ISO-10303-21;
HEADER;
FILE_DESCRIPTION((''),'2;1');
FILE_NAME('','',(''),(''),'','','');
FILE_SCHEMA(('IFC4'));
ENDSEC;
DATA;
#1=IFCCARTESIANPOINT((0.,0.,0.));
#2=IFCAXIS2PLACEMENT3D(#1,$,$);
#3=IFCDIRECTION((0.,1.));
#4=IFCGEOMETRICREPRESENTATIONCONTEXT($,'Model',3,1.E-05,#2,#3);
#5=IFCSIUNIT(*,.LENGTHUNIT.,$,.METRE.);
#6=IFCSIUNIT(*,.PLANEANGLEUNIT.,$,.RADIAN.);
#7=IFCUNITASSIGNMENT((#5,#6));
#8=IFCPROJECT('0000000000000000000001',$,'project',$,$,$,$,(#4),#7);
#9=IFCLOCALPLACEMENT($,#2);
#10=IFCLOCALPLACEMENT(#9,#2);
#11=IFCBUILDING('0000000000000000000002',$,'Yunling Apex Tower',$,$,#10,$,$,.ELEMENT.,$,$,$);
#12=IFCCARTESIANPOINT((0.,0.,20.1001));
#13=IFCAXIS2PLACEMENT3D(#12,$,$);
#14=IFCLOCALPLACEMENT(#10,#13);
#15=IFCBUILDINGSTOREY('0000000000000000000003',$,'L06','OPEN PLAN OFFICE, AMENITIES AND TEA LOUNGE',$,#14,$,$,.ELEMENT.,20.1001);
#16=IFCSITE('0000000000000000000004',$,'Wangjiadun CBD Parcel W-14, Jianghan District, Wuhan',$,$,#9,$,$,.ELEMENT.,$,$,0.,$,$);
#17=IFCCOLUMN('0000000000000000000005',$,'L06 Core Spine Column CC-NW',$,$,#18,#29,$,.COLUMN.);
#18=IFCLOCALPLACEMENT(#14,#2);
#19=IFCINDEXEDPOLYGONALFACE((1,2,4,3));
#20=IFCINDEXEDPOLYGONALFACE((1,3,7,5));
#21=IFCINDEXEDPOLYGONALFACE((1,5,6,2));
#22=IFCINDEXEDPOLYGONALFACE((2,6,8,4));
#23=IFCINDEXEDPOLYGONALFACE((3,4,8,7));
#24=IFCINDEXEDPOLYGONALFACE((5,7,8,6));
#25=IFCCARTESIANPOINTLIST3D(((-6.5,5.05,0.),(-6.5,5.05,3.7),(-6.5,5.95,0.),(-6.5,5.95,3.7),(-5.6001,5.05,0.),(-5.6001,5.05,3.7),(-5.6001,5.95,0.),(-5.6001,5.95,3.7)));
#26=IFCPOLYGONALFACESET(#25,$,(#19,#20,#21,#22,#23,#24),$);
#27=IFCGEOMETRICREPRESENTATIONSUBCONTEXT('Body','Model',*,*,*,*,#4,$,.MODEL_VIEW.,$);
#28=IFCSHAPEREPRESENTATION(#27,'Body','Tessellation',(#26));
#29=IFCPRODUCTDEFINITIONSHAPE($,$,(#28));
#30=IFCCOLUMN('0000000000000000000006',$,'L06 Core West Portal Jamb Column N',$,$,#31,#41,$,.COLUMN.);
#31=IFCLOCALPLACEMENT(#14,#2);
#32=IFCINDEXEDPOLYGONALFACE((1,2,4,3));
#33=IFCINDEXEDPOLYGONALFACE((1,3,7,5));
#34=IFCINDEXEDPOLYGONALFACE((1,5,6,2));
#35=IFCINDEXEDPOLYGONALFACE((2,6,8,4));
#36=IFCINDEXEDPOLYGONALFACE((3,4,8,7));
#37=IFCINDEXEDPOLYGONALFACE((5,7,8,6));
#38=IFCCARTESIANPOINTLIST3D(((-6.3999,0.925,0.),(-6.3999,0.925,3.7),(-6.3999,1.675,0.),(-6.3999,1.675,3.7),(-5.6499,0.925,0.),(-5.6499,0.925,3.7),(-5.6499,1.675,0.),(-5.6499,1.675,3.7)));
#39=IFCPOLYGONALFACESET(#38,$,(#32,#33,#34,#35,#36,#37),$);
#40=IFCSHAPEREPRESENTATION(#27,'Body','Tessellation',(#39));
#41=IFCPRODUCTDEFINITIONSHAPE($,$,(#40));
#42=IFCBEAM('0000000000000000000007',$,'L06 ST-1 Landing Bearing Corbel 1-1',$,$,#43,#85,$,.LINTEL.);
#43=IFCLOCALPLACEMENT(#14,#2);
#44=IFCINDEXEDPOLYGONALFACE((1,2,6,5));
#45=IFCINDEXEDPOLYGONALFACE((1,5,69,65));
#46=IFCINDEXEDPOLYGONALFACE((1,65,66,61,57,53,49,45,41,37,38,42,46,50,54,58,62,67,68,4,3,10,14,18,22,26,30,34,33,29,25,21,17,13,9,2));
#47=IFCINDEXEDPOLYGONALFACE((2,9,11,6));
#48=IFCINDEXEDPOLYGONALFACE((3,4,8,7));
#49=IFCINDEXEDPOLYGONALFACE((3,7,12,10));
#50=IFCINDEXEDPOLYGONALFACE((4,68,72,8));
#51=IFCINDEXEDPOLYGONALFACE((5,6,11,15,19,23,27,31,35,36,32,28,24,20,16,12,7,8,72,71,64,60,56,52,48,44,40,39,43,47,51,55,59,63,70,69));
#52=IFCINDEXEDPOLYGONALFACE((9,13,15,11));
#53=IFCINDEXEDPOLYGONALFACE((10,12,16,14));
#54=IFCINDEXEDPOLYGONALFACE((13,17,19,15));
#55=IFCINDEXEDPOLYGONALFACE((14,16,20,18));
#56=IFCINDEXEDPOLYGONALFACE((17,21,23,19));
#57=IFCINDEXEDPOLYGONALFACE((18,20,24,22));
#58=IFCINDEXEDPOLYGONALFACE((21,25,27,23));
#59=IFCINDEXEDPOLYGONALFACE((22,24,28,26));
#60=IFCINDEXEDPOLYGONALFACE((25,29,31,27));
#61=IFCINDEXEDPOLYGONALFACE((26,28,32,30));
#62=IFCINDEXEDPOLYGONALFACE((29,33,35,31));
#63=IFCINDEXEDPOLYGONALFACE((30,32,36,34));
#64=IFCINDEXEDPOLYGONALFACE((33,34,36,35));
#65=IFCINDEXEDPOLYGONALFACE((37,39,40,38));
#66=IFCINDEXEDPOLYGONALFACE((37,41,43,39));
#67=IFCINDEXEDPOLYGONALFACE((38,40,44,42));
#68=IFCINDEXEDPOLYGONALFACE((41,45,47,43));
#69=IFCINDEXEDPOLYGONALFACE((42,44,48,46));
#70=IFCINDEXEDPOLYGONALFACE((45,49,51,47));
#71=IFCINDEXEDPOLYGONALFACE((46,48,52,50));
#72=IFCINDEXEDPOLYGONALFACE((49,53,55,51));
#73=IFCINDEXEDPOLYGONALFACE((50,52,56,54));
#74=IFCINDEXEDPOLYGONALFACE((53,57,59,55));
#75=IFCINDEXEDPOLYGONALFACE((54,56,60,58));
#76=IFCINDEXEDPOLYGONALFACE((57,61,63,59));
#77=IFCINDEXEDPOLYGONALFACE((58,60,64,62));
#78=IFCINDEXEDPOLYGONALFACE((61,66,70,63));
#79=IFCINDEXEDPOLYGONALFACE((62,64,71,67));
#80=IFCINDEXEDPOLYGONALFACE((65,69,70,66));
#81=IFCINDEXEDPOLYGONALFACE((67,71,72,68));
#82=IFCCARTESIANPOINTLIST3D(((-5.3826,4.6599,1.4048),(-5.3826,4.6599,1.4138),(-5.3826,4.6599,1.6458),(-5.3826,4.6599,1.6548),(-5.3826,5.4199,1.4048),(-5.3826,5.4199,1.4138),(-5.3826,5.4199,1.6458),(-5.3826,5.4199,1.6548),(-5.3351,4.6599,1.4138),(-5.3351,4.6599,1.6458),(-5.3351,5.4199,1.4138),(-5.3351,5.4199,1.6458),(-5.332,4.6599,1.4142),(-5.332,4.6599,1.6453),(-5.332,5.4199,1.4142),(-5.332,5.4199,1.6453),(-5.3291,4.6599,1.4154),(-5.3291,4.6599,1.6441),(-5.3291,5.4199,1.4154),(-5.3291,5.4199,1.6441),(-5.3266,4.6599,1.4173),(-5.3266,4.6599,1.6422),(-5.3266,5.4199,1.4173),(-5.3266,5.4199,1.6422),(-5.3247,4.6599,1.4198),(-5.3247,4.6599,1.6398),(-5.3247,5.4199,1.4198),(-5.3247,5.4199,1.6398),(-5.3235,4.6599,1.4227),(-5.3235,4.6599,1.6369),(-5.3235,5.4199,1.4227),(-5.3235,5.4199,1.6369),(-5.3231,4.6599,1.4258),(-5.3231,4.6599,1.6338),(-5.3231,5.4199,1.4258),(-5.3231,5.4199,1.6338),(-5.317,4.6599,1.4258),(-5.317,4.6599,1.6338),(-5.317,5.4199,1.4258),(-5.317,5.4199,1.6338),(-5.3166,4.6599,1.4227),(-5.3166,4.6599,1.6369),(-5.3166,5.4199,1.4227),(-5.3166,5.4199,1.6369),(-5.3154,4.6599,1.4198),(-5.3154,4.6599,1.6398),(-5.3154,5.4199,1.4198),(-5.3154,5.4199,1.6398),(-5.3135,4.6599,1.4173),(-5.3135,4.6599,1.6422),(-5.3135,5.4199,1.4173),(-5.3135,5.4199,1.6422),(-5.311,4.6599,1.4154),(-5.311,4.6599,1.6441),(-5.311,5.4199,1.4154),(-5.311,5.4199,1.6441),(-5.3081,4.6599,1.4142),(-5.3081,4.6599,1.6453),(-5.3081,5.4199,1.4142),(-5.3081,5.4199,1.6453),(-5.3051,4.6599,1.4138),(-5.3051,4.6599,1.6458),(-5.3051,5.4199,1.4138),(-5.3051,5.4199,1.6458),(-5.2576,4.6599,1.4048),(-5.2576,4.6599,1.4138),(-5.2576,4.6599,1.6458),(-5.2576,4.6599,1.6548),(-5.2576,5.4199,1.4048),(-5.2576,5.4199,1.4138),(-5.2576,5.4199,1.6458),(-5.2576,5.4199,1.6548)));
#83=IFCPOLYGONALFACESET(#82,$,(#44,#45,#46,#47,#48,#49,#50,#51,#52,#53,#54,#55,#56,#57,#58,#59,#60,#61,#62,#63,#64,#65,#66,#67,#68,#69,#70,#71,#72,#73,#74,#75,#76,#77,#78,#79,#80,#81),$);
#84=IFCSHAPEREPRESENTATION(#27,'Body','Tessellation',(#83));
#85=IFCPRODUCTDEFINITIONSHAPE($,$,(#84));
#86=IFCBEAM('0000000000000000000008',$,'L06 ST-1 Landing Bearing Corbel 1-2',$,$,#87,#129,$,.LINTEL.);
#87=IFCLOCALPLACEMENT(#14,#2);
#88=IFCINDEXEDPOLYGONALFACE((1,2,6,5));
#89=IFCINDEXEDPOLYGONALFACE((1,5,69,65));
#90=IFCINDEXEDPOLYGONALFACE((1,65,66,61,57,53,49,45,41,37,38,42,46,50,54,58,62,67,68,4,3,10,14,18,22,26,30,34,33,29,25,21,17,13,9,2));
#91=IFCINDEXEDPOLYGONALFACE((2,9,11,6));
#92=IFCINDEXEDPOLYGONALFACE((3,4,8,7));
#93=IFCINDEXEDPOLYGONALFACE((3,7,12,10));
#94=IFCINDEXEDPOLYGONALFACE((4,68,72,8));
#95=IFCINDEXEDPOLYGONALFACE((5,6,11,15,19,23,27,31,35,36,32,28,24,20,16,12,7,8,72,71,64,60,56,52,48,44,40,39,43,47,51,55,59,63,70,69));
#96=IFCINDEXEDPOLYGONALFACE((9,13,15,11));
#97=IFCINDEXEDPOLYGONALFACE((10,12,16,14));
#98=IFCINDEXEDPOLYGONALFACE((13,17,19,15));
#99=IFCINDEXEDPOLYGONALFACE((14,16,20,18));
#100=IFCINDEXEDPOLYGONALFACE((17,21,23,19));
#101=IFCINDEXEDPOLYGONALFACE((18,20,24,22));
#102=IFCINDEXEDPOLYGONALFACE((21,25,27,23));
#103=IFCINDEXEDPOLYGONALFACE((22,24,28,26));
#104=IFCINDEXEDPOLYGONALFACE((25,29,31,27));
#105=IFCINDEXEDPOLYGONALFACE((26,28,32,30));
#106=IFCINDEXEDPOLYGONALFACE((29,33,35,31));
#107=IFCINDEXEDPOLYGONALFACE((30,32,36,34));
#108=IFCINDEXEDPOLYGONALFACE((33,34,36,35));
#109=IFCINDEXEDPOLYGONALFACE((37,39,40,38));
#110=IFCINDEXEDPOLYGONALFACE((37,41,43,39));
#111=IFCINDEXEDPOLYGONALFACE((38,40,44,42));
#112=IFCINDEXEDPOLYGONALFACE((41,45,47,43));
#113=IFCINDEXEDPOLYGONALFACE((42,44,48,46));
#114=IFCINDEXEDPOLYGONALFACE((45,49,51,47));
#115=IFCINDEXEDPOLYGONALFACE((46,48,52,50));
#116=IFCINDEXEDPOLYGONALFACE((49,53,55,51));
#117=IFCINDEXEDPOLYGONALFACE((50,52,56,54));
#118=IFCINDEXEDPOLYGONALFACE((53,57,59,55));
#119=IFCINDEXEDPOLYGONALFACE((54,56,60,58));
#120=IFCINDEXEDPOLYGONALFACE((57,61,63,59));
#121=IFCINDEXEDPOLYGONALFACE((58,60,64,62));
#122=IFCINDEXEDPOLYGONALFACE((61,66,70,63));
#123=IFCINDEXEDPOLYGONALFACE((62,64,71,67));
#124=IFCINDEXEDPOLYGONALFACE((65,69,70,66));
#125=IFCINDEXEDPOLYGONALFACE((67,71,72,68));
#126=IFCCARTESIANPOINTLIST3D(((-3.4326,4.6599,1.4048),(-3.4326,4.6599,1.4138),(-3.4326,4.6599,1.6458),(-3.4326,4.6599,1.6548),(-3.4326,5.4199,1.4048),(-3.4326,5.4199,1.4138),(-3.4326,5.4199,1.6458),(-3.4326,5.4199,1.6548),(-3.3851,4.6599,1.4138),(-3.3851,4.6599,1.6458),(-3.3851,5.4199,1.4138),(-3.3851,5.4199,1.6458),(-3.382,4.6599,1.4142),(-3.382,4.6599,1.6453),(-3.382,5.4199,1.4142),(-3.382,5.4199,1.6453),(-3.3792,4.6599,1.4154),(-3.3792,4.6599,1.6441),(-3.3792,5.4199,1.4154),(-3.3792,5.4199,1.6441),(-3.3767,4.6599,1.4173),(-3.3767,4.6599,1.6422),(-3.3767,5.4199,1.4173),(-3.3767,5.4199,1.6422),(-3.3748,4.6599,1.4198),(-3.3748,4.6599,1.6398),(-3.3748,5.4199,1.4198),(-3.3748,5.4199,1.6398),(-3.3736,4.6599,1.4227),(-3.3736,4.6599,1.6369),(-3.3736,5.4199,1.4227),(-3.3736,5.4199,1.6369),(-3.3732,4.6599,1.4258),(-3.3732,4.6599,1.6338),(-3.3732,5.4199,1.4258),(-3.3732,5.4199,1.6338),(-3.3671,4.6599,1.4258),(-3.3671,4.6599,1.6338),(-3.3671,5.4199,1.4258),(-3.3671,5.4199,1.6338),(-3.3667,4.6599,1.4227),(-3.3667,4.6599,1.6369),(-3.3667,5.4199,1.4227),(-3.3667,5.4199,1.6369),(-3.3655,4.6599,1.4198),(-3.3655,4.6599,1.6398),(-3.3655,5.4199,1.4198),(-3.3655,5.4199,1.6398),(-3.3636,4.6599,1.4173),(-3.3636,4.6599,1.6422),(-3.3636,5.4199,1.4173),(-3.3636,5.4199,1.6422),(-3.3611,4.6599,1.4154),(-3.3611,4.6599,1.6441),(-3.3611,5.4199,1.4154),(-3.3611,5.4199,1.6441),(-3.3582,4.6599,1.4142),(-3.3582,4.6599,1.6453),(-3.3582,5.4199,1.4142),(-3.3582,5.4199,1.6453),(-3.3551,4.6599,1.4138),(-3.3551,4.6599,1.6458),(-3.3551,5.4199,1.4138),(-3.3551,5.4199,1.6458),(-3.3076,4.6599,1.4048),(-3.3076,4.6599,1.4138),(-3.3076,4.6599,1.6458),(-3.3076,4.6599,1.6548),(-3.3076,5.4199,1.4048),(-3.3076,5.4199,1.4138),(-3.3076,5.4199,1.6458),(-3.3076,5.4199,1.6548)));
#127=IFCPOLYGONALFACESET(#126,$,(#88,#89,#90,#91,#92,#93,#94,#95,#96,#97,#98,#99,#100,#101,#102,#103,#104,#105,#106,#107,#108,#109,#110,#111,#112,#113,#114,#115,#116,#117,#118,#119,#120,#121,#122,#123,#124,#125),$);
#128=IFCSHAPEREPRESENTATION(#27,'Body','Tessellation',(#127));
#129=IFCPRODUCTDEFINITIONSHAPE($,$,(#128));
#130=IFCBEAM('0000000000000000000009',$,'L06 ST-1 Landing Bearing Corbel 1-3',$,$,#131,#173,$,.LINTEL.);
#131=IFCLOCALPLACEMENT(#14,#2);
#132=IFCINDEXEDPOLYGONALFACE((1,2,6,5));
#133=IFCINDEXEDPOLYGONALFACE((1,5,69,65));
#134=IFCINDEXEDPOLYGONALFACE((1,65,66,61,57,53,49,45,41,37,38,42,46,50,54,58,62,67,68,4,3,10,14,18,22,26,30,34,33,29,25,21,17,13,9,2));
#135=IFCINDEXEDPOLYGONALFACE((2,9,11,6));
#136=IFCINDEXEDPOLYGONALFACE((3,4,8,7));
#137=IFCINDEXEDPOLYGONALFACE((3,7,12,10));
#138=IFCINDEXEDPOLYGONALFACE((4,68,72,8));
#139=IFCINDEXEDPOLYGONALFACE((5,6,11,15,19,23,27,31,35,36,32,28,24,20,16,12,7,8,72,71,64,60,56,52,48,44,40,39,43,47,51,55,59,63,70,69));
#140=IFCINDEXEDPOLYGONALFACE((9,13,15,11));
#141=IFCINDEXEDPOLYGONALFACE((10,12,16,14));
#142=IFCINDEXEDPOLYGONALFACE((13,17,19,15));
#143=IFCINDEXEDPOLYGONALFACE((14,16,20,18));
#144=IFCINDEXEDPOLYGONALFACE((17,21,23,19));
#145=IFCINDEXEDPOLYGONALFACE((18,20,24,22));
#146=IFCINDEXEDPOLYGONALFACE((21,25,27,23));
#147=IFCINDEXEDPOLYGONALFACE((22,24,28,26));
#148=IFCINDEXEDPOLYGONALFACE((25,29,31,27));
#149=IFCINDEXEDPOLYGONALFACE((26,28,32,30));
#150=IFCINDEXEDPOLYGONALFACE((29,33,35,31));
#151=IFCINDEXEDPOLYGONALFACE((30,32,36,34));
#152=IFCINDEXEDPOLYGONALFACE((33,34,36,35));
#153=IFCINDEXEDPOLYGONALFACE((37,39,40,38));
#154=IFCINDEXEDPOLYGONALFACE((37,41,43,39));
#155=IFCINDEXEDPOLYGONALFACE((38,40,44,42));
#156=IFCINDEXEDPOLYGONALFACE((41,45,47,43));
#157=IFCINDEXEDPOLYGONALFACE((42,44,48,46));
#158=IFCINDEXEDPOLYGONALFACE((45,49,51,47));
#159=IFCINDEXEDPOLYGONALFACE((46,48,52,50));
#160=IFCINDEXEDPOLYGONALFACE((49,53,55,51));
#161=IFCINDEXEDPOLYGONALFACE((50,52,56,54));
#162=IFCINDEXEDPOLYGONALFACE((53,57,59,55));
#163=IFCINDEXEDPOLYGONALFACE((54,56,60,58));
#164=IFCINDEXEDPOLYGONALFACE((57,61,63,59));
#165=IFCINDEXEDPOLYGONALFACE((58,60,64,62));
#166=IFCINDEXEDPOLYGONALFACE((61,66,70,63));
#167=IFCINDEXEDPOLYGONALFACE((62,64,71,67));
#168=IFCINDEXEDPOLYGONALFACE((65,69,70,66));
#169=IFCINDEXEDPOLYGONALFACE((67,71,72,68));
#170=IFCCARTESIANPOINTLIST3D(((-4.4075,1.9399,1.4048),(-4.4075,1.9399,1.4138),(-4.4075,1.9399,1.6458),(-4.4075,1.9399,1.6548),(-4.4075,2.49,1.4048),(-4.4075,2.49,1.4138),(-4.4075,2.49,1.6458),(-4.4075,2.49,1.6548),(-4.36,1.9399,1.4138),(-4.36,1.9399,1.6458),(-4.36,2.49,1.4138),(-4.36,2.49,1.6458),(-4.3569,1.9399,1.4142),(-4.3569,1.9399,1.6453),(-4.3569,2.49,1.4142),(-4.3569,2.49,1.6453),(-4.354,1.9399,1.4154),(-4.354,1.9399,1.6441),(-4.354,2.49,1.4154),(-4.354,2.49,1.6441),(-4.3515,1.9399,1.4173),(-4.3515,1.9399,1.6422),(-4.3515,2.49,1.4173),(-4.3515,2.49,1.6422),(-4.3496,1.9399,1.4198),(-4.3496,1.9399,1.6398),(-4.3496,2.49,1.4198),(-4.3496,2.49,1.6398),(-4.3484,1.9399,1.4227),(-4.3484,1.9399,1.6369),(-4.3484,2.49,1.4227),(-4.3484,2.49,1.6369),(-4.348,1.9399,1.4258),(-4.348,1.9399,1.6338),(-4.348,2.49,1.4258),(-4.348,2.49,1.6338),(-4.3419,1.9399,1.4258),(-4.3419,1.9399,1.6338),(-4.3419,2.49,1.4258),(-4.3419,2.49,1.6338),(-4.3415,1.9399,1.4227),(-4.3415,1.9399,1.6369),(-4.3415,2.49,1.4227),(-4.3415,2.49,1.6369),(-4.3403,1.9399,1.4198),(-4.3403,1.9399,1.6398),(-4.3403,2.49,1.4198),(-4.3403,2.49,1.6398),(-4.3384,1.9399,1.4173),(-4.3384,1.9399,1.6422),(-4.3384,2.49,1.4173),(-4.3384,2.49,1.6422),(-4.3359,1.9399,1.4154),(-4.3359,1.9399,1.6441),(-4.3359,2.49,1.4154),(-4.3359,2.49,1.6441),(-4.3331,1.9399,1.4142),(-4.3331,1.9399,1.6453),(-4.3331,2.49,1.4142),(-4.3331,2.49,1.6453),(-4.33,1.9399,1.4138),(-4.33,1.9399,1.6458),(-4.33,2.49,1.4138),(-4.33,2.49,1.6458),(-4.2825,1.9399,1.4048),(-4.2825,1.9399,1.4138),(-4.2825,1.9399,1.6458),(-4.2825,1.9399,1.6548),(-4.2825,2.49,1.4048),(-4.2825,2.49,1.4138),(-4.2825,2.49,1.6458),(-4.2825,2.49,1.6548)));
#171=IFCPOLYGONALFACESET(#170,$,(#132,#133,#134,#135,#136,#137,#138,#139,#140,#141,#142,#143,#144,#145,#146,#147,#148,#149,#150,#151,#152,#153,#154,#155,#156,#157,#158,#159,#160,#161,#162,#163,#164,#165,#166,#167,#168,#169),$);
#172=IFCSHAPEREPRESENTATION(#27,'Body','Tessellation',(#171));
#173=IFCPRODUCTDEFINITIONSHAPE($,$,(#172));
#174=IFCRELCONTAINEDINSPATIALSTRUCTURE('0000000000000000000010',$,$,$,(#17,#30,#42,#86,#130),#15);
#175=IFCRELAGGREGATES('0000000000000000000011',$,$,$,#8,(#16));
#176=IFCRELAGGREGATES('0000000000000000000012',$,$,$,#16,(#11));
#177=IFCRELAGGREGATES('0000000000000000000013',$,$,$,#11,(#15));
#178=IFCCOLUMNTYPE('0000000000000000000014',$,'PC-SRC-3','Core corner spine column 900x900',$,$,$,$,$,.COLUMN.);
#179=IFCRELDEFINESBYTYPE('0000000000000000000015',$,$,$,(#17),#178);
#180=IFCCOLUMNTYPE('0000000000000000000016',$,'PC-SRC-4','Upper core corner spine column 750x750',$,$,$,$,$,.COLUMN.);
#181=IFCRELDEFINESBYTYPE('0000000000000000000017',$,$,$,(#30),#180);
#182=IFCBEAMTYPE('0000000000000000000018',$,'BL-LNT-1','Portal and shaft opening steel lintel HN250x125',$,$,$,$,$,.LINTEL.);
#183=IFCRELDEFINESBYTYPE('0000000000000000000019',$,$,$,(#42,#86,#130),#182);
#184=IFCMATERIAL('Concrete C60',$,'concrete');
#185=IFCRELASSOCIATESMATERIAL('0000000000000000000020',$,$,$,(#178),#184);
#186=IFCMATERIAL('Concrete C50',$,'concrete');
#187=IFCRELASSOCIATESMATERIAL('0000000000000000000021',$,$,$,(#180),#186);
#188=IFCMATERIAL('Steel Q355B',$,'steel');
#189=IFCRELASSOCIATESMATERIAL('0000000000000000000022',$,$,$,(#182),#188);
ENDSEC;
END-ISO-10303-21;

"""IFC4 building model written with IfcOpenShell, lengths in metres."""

from ifc_helpers import new_model, si_unit, direction, frame, origin, origin_2d, place, context, subcontext, project, spatial, rectangle, i_section, extrude, source, transform, mapped, material, material_profile, profile_set, type_object, element, save


model = new_model("IFC4")

# Units and contexts
model_context = context("Model", 3, precision=1e-05, world=origin(), true_north=direction((0.0, 1.0)))
body_context = subcontext(model_context, "Body", "Model", "MODEL_VIEW")
ifc_project = project(units=[si_unit("LENGTHUNIT", "METRE"), si_unit("PLANEANGLEUNIT", "RADIAN")], contexts=[model_context])

# Site, building, storey
site_placement = place(None, origin())
site = spatial("IfcSite", under=ifc_project, at=site_placement, Name="Wangjiadun CBD Parcel W-14, Jianghan District, Wuhan", CompositionType="ELEMENT", RefElevation=0.0)
building_placement = place(site_placement, origin())
building = spatial("IfcBuilding", under=site, at=building_placement, Name="Yunling Apex Tower", CompositionType="ELEMENT")
storey_placement = place(building_placement, frame((0.0, 0.0, 20.1001)))
storey = spatial("IfcBuildingStorey", under=building, at=storey_placement, Name="L06", Description="OPEN PLAN OFFICE, AMENITIES AND TEA LOUNGE", CompositionType="ELEMENT", Elevation=20.1001)

# Columns
ifc_material_1 = material(Name="Concrete C60", Category="concrete")
ifc_material_profile_1 = material_profile(ifc_material_1, rectangle(XDim=0.8999, YDim=0.8999, at=origin_2d()))
ifc_profile_set_1 = profile_set([ifc_material_profile_1], Name="Concrete C60")
column_type_1 = type_object("IfcColumnType", Name="PC-SRC-3", Description="Core corner spine column 900x900", PredefinedType="COLUMN", material=ifc_profile_set_1)
shared_shape_1 = source(origin(), body_context, "Body", "SweptSolid", [
    extrude(rectangle(XDim=0.8999, YDim=0.8999, at=origin_2d()), origin(), (0.0, 0.0, 1.0), 3.7),
])
column_1_placement = place(storey_placement, frame((-6.05, 5.5, 0.0), z_axis=(0.0, 0.0, 1.0), x_axis=(1.0, 0.0, 0.0)))
element("IfcColumn", 1, at=column_1_placement, inside=storey, type_object=column_type_1, Name="L06 Core Spine Column CC-NW", PredefinedType="COLUMN", context=body_context, shape_type="MappedRepresentation", body=[
    mapped(shared_shape_1, transform((0.0, 0.0, 0.0), scale=1.0)),
])
ifc_material_2 = material(Name="Concrete C50", Category="concrete")
ifc_material_profile_2 = material_profile(ifc_material_2, rectangle(XDim=0.75, YDim=0.75, at=origin_2d()))
ifc_profile_set_2 = profile_set([ifc_material_profile_2], Name="Concrete C50")
column_type_2 = type_object("IfcColumnType", Name="PC-SRC-4", Description="Upper core corner spine column 750x750", PredefinedType="COLUMN", material=ifc_profile_set_2)
shared_shape_2 = source(origin(), body_context, "Body", "SweptSolid", [
    extrude(rectangle(XDim=0.75, YDim=0.75, at=origin_2d()), origin(), (0.0, 0.0, 1.0), 3.7),
])
column_2_placement = place(storey_placement, frame((-6.0249, 1.3, 0.0), z_axis=(0.0, 0.0, 1.0), x_axis=(1.0, 0.0, 0.0)))
element("IfcColumn", 2, at=column_2_placement, inside=storey, type_object=column_type_2, Name="L06 Core West Portal Jamb Column N", PredefinedType="COLUMN", context=body_context, shape_type="MappedRepresentation", body=[
    mapped(shared_shape_2, transform((0.0, 0.0, 0.0), scale=1.0)),
])

# Beams
ifc_material_3 = material(Name="Steel Q355B", Category="steel")
ifc_material_profile_3 = material_profile(ifc_material_3, i_section(OverallWidth=0.125, OverallDepth=0.25, WebThickness=0.0061, FlangeThickness=0.009, FilletRadius=0.012, at=origin_2d()))
ifc_profile_set_3 = profile_set([ifc_material_profile_3], Name="Steel Q355B")
beam_type_1 = type_object("IfcBeamType", Name="BL-LNT-1", Description="Portal and shaft opening steel lintel HN250x125", PredefinedType="LINTEL", material=ifc_profile_set_3)
shared_shape_3 = source(origin(), body_context, "Body", "SweptSolid", [
    extrude(i_section(OverallWidth=0.125, OverallDepth=0.25, WebThickness=0.0061, FlangeThickness=0.009, FilletRadius=0.012, at=origin_2d()), origin(), (0.0, 0.0, 1.0), 0.76),
])
for number, where, z_axis, x_axis, name in (
    (3, (-5.3201, 5.4199, 1.5298), (0.0, -1.0, 0.0), (1.0, 0.0, 0.0), "L06 ST-1 Landing Bearing Corbel 1-1"),
    (4, (-3.3701, 5.4199, 1.5298), (0.0, -1.0, 0.0), (1.0, 0.0, 0.0), "L06 ST-1 Landing Bearing Corbel 1-2"),
):
    element("IfcBeam", number, at=place(storey_placement, frame(where, z_axis=z_axis, x_axis=x_axis)), inside=storey, type_object=beam_type_1, Name=name, PredefinedType="LINTEL", context=body_context, shape_type="MappedRepresentation", body=[
        mapped(shared_shape_3, transform((0.0, 0.0, 0.0), scale=1.0)),
    ])
shared_shape_4 = source(origin(), body_context, "Body", "SweptSolid", [
    extrude(i_section(OverallWidth=0.125, OverallDepth=0.25, WebThickness=0.0061, FlangeThickness=0.009, FilletRadius=0.012, at=origin_2d()), origin(), (0.0, 0.0, 1.0), 0.55),
])
beam_1_placement = place(storey_placement, frame((-4.345, 1.9399, 1.5298), z_axis=(0.0, 1.0, 0.0), x_axis=(-1.0, 0.0, 0.0)))
element("IfcBeam", 5, at=beam_1_placement, inside=storey, type_object=beam_type_1, Name="L06 ST-1 Landing Bearing Corbel 1-3", PredefinedType="LINTEL", context=body_context, shape_type="MappedRepresentation", body=[
    mapped(shared_shape_4, transform((0.0, 0.0, 0.0), scale=1.0)),
])

save(model, "model.ifc")
